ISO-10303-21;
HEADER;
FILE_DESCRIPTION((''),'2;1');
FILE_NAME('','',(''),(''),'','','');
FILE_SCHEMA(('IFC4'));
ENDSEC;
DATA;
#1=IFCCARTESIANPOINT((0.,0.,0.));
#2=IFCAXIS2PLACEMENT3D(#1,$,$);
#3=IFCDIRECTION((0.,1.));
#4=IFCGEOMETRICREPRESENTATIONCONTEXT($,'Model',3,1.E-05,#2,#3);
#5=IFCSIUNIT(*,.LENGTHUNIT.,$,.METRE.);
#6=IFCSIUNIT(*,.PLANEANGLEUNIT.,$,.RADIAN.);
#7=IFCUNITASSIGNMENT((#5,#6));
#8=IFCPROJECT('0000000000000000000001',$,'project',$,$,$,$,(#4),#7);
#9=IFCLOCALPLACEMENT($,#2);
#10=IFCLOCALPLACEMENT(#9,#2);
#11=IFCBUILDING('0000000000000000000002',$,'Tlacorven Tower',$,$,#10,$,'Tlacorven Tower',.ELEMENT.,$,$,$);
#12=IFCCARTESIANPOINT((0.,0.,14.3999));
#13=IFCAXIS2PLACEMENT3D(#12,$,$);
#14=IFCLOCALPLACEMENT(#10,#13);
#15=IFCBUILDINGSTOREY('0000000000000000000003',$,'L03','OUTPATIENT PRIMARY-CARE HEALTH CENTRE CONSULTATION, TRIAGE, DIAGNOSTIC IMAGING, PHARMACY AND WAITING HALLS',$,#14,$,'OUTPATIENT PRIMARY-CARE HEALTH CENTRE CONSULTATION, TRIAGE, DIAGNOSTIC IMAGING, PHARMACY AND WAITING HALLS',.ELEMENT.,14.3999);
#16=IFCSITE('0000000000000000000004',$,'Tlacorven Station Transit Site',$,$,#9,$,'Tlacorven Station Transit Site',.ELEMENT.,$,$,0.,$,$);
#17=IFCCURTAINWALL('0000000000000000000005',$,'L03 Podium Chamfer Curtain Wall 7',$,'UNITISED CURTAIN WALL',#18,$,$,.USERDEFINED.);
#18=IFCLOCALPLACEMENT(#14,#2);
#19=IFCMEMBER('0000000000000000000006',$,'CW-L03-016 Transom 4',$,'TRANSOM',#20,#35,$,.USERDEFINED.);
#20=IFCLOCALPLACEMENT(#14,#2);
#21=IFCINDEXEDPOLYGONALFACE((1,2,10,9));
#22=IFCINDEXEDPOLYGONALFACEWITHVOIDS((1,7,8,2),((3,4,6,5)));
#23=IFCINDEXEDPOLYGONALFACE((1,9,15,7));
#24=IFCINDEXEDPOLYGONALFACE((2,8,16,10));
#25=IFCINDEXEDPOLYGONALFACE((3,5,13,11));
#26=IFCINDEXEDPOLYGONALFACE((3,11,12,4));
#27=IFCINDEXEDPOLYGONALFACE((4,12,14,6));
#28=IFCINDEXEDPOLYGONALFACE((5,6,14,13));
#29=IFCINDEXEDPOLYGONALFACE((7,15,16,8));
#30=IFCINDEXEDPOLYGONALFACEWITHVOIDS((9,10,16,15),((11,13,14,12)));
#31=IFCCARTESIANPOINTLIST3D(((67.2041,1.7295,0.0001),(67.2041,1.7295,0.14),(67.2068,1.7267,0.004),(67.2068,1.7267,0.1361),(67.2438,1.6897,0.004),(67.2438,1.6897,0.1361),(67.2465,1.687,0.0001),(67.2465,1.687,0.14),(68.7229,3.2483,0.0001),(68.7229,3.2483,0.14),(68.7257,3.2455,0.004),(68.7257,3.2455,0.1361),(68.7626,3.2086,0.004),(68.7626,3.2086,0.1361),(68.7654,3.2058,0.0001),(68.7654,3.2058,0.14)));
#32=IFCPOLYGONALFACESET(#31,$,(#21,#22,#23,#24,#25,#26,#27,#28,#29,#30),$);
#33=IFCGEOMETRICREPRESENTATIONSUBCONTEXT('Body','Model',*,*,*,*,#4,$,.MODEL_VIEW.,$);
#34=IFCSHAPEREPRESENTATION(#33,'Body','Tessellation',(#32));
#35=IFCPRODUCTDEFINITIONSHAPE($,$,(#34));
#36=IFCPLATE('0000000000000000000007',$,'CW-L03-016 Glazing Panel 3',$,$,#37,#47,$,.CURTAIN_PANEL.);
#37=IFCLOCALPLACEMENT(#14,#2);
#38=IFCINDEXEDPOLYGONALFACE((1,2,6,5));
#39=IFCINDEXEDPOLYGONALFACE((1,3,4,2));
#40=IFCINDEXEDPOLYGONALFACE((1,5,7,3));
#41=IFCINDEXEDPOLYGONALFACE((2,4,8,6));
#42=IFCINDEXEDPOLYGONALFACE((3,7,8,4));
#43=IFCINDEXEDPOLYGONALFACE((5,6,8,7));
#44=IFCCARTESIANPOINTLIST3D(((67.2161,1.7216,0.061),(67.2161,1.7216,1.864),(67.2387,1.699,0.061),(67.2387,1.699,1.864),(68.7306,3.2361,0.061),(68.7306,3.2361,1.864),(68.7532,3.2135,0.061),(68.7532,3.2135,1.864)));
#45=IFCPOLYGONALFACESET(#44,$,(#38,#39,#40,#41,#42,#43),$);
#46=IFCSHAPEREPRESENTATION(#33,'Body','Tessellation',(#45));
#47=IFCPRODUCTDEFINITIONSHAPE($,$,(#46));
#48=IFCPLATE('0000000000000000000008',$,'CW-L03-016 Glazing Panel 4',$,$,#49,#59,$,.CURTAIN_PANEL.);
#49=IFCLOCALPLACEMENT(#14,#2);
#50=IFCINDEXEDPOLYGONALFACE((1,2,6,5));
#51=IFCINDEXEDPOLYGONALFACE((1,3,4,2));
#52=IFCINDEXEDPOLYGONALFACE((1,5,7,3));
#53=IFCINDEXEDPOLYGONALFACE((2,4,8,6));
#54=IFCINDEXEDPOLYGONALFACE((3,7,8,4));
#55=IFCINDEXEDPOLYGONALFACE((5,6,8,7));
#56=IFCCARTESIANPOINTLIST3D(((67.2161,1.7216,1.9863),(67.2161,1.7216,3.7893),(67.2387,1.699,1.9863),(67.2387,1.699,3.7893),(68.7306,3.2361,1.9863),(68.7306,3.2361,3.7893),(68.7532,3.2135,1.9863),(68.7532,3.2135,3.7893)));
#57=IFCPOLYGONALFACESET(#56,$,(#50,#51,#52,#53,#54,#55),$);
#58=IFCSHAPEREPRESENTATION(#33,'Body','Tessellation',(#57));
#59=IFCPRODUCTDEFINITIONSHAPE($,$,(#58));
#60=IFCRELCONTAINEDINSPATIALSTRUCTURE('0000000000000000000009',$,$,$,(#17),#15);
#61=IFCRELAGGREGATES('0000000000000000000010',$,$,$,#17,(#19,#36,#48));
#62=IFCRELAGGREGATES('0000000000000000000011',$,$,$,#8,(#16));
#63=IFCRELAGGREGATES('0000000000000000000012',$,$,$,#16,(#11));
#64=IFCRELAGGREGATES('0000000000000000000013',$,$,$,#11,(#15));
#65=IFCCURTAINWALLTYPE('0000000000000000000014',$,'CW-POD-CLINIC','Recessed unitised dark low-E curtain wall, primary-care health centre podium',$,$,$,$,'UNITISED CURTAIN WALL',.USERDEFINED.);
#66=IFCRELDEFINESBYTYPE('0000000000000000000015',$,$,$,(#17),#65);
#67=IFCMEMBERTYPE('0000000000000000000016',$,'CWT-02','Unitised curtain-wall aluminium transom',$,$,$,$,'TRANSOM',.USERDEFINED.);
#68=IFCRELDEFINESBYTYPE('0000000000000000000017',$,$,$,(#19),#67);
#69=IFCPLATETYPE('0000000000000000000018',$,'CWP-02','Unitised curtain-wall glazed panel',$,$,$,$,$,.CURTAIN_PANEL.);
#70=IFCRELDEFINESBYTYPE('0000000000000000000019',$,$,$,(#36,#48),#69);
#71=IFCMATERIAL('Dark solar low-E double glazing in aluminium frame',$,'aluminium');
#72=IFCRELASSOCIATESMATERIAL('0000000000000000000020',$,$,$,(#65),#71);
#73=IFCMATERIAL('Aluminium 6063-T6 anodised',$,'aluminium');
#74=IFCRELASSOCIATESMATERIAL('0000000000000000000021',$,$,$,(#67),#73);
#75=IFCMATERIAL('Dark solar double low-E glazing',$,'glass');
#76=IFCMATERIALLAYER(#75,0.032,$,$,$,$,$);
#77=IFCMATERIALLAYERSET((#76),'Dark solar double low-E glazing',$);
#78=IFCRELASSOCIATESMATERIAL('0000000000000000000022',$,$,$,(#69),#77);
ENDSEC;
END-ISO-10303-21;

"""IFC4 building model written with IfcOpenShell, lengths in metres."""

from ifc_helpers import new_model, si_unit, direction, frame, origin, origin_2d, place, context, subcontext, project, spatial, rectangle, hollow_rectangle, extrude, source, transform, mapped, material, layer, layer_set, material_profile, profile_set, type_object, element, aggregate, save


model = new_model("IFC4")

# Units and contexts
model_context = context("Model", 3, precision=1e-05, world=origin(), true_north=direction((0.0, 1.0)))
body_context = subcontext(model_context, "Body", "Model", "MODEL_VIEW")
ifc_project = project(units=[si_unit("LENGTHUNIT", "METRE"), si_unit("PLANEANGLEUNIT", "RADIAN")], contexts=[model_context])

# Site, building, storey
site_placement = place(None, origin())
site = spatial("IfcSite", under=ifc_project, at=site_placement, Name="Tlacorven Station Transit Site", LongName="Tlacorven Station Transit Site", CompositionType="ELEMENT", RefElevation=0.0)
building_placement = place(site_placement, origin())
building = spatial("IfcBuilding", under=site, at=building_placement, Name="Tlacorven Tower", LongName="Tlacorven Tower", CompositionType="ELEMENT")
storey_placement = place(building_placement, frame((0.0, 0.0, 14.3999)))
storey = spatial("IfcBuildingStorey", under=building, at=storey_placement, Name="L03", Description="OUTPATIENT PRIMARY-CARE HEALTH CENTRE CONSULTATION, TRIAGE, DIAGNOSTIC IMAGING, PHARMACY AND WAITING HALLS", LongName="OUTPATIENT PRIMARY-CARE HEALTH CENTRE CONSULTATION, TRIAGE, DIAGNOSTIC IMAGING, PHARMACY AND WAITING HALLS", CompositionType="ELEMENT", Elevation=14.3999)

# Curtain wall, member, plates
ifc_material_1 = material(Name="Dark solar low-E double glazing in aluminium frame", Category="aluminium")
curtain_wall_type = type_object("IfcCurtainWallType", Name="CW-POD-CLINIC", Description="Recessed unitised dark low-E curtain wall, primary-care health centre podium", ElementType="UNITISED CURTAIN WALL", PredefinedType="USERDEFINED", material=ifc_material_1)
curtain_wall_placement = place(storey_placement, origin())
curtain_wall = element("IfcCurtainWall", 1, at=curtain_wall_placement, inside=storey, type_object=curtain_wall_type, Name="L03 Podium Chamfer Curtain Wall 7", ObjectType="UNITISED CURTAIN WALL", PredefinedType="USERDEFINED")
ifc_material_2 = material(Name="Aluminium 6063-T6 anodised", Category="aluminium")
ifc_material_profile = material_profile(ifc_material_2, hollow_rectangle(XDim=0.0601, YDim=0.1399, WallThickness=0.0039, at=origin_2d()), Name="ALU TRANSOM 60X140")
ifc_profile_set = profile_set([ifc_material_profile], Name="Aluminium 6063-T6 anodised")
member_type = type_object("IfcMemberType", Name="CWT-02", Description="Unitised curtain-wall aluminium transom", ElementType="TRANSOM", PredefinedType="USERDEFINED", material=ifc_profile_set)
shared_shape_1 = source(origin(), body_context, "Body", "SweptSolid", [
    extrude(hollow_rectangle(XDim=0.0601, YDim=0.1399, WallThickness=0.0039, at=origin_2d()), origin(), (0.0, 0.0, 1.0), 2.1479),
])
member_placement = place(storey_placement, frame((68.7441, 3.2271, 0.0701), z_axis=(-0.707107, -0.707107, 0.0), x_axis=(0.707107, -0.707107, 0.0)))
member = element("IfcMember", 2, at=member_placement, type_object=member_type, Name="CW-L03-016 Transom 4", ObjectType="TRANSOM", PredefinedType="USERDEFINED", context=body_context, shape_type="MappedRepresentation", body=[
    mapped(shared_shape_1, transform((0.0, 0.0, 0.0), scale=1.0)),
])
ifc_material_3 = material(Name="Dark solar double low-E glazing", Category="glass")
ifc_layer = layer(ifc_material_3, 0.032)
ifc_layer_set = layer_set([ifc_layer], Name="Dark solar double low-E glazing")
plate_type = type_object("IfcPlateType", Name="CWP-02", Description="Unitised curtain-wall glazed panel", PredefinedType="CURTAIN_PANEL", material=ifc_layer_set)
shared_shape_2 = source(origin(), body_context, "Body", "SweptSolid", [
    extrude(rectangle(XDim=2.1418, YDim=0.032, at=origin_2d()), origin(), (0.0, 0.0, 1.0), 1.803),
])
plate_1_placement = place(storey_placement, frame((67.9846, 2.4675, 0.061), z_axis=(0.0, 0.0, 1.0), x_axis=(-0.707107, -0.707107, 0.0)))
plate_1 = element("IfcPlate", 3, at=plate_1_placement, type_object=plate_type, Name="CW-L03-016 Glazing Panel 3", PredefinedType="CURTAIN_PANEL", context=body_context, shape_type="MappedRepresentation", body=[
    mapped(shared_shape_2, transform((0.0, 0.0, 0.0), scale=1.0)),
])
plate_2_placement = place(storey_placement, frame((67.9846, 2.4675, 1.9863), z_axis=(0.0, 0.0, 1.0), x_axis=(-0.707107, -0.707107, 0.0)))
plate_2 = element("IfcPlate", 4, at=plate_2_placement, type_object=plate_type, Name="CW-L03-016 Glazing Panel 4", PredefinedType="CURTAIN_PANEL", context=body_context, shape_type="MappedRepresentation", body=[
    mapped(shared_shape_2, transform((0.0, 0.0, 0.0), scale=1.0)),
])
aggregate(curtain_wall, [member, plate_1, plate_2])

save(model, "model.ifc")
